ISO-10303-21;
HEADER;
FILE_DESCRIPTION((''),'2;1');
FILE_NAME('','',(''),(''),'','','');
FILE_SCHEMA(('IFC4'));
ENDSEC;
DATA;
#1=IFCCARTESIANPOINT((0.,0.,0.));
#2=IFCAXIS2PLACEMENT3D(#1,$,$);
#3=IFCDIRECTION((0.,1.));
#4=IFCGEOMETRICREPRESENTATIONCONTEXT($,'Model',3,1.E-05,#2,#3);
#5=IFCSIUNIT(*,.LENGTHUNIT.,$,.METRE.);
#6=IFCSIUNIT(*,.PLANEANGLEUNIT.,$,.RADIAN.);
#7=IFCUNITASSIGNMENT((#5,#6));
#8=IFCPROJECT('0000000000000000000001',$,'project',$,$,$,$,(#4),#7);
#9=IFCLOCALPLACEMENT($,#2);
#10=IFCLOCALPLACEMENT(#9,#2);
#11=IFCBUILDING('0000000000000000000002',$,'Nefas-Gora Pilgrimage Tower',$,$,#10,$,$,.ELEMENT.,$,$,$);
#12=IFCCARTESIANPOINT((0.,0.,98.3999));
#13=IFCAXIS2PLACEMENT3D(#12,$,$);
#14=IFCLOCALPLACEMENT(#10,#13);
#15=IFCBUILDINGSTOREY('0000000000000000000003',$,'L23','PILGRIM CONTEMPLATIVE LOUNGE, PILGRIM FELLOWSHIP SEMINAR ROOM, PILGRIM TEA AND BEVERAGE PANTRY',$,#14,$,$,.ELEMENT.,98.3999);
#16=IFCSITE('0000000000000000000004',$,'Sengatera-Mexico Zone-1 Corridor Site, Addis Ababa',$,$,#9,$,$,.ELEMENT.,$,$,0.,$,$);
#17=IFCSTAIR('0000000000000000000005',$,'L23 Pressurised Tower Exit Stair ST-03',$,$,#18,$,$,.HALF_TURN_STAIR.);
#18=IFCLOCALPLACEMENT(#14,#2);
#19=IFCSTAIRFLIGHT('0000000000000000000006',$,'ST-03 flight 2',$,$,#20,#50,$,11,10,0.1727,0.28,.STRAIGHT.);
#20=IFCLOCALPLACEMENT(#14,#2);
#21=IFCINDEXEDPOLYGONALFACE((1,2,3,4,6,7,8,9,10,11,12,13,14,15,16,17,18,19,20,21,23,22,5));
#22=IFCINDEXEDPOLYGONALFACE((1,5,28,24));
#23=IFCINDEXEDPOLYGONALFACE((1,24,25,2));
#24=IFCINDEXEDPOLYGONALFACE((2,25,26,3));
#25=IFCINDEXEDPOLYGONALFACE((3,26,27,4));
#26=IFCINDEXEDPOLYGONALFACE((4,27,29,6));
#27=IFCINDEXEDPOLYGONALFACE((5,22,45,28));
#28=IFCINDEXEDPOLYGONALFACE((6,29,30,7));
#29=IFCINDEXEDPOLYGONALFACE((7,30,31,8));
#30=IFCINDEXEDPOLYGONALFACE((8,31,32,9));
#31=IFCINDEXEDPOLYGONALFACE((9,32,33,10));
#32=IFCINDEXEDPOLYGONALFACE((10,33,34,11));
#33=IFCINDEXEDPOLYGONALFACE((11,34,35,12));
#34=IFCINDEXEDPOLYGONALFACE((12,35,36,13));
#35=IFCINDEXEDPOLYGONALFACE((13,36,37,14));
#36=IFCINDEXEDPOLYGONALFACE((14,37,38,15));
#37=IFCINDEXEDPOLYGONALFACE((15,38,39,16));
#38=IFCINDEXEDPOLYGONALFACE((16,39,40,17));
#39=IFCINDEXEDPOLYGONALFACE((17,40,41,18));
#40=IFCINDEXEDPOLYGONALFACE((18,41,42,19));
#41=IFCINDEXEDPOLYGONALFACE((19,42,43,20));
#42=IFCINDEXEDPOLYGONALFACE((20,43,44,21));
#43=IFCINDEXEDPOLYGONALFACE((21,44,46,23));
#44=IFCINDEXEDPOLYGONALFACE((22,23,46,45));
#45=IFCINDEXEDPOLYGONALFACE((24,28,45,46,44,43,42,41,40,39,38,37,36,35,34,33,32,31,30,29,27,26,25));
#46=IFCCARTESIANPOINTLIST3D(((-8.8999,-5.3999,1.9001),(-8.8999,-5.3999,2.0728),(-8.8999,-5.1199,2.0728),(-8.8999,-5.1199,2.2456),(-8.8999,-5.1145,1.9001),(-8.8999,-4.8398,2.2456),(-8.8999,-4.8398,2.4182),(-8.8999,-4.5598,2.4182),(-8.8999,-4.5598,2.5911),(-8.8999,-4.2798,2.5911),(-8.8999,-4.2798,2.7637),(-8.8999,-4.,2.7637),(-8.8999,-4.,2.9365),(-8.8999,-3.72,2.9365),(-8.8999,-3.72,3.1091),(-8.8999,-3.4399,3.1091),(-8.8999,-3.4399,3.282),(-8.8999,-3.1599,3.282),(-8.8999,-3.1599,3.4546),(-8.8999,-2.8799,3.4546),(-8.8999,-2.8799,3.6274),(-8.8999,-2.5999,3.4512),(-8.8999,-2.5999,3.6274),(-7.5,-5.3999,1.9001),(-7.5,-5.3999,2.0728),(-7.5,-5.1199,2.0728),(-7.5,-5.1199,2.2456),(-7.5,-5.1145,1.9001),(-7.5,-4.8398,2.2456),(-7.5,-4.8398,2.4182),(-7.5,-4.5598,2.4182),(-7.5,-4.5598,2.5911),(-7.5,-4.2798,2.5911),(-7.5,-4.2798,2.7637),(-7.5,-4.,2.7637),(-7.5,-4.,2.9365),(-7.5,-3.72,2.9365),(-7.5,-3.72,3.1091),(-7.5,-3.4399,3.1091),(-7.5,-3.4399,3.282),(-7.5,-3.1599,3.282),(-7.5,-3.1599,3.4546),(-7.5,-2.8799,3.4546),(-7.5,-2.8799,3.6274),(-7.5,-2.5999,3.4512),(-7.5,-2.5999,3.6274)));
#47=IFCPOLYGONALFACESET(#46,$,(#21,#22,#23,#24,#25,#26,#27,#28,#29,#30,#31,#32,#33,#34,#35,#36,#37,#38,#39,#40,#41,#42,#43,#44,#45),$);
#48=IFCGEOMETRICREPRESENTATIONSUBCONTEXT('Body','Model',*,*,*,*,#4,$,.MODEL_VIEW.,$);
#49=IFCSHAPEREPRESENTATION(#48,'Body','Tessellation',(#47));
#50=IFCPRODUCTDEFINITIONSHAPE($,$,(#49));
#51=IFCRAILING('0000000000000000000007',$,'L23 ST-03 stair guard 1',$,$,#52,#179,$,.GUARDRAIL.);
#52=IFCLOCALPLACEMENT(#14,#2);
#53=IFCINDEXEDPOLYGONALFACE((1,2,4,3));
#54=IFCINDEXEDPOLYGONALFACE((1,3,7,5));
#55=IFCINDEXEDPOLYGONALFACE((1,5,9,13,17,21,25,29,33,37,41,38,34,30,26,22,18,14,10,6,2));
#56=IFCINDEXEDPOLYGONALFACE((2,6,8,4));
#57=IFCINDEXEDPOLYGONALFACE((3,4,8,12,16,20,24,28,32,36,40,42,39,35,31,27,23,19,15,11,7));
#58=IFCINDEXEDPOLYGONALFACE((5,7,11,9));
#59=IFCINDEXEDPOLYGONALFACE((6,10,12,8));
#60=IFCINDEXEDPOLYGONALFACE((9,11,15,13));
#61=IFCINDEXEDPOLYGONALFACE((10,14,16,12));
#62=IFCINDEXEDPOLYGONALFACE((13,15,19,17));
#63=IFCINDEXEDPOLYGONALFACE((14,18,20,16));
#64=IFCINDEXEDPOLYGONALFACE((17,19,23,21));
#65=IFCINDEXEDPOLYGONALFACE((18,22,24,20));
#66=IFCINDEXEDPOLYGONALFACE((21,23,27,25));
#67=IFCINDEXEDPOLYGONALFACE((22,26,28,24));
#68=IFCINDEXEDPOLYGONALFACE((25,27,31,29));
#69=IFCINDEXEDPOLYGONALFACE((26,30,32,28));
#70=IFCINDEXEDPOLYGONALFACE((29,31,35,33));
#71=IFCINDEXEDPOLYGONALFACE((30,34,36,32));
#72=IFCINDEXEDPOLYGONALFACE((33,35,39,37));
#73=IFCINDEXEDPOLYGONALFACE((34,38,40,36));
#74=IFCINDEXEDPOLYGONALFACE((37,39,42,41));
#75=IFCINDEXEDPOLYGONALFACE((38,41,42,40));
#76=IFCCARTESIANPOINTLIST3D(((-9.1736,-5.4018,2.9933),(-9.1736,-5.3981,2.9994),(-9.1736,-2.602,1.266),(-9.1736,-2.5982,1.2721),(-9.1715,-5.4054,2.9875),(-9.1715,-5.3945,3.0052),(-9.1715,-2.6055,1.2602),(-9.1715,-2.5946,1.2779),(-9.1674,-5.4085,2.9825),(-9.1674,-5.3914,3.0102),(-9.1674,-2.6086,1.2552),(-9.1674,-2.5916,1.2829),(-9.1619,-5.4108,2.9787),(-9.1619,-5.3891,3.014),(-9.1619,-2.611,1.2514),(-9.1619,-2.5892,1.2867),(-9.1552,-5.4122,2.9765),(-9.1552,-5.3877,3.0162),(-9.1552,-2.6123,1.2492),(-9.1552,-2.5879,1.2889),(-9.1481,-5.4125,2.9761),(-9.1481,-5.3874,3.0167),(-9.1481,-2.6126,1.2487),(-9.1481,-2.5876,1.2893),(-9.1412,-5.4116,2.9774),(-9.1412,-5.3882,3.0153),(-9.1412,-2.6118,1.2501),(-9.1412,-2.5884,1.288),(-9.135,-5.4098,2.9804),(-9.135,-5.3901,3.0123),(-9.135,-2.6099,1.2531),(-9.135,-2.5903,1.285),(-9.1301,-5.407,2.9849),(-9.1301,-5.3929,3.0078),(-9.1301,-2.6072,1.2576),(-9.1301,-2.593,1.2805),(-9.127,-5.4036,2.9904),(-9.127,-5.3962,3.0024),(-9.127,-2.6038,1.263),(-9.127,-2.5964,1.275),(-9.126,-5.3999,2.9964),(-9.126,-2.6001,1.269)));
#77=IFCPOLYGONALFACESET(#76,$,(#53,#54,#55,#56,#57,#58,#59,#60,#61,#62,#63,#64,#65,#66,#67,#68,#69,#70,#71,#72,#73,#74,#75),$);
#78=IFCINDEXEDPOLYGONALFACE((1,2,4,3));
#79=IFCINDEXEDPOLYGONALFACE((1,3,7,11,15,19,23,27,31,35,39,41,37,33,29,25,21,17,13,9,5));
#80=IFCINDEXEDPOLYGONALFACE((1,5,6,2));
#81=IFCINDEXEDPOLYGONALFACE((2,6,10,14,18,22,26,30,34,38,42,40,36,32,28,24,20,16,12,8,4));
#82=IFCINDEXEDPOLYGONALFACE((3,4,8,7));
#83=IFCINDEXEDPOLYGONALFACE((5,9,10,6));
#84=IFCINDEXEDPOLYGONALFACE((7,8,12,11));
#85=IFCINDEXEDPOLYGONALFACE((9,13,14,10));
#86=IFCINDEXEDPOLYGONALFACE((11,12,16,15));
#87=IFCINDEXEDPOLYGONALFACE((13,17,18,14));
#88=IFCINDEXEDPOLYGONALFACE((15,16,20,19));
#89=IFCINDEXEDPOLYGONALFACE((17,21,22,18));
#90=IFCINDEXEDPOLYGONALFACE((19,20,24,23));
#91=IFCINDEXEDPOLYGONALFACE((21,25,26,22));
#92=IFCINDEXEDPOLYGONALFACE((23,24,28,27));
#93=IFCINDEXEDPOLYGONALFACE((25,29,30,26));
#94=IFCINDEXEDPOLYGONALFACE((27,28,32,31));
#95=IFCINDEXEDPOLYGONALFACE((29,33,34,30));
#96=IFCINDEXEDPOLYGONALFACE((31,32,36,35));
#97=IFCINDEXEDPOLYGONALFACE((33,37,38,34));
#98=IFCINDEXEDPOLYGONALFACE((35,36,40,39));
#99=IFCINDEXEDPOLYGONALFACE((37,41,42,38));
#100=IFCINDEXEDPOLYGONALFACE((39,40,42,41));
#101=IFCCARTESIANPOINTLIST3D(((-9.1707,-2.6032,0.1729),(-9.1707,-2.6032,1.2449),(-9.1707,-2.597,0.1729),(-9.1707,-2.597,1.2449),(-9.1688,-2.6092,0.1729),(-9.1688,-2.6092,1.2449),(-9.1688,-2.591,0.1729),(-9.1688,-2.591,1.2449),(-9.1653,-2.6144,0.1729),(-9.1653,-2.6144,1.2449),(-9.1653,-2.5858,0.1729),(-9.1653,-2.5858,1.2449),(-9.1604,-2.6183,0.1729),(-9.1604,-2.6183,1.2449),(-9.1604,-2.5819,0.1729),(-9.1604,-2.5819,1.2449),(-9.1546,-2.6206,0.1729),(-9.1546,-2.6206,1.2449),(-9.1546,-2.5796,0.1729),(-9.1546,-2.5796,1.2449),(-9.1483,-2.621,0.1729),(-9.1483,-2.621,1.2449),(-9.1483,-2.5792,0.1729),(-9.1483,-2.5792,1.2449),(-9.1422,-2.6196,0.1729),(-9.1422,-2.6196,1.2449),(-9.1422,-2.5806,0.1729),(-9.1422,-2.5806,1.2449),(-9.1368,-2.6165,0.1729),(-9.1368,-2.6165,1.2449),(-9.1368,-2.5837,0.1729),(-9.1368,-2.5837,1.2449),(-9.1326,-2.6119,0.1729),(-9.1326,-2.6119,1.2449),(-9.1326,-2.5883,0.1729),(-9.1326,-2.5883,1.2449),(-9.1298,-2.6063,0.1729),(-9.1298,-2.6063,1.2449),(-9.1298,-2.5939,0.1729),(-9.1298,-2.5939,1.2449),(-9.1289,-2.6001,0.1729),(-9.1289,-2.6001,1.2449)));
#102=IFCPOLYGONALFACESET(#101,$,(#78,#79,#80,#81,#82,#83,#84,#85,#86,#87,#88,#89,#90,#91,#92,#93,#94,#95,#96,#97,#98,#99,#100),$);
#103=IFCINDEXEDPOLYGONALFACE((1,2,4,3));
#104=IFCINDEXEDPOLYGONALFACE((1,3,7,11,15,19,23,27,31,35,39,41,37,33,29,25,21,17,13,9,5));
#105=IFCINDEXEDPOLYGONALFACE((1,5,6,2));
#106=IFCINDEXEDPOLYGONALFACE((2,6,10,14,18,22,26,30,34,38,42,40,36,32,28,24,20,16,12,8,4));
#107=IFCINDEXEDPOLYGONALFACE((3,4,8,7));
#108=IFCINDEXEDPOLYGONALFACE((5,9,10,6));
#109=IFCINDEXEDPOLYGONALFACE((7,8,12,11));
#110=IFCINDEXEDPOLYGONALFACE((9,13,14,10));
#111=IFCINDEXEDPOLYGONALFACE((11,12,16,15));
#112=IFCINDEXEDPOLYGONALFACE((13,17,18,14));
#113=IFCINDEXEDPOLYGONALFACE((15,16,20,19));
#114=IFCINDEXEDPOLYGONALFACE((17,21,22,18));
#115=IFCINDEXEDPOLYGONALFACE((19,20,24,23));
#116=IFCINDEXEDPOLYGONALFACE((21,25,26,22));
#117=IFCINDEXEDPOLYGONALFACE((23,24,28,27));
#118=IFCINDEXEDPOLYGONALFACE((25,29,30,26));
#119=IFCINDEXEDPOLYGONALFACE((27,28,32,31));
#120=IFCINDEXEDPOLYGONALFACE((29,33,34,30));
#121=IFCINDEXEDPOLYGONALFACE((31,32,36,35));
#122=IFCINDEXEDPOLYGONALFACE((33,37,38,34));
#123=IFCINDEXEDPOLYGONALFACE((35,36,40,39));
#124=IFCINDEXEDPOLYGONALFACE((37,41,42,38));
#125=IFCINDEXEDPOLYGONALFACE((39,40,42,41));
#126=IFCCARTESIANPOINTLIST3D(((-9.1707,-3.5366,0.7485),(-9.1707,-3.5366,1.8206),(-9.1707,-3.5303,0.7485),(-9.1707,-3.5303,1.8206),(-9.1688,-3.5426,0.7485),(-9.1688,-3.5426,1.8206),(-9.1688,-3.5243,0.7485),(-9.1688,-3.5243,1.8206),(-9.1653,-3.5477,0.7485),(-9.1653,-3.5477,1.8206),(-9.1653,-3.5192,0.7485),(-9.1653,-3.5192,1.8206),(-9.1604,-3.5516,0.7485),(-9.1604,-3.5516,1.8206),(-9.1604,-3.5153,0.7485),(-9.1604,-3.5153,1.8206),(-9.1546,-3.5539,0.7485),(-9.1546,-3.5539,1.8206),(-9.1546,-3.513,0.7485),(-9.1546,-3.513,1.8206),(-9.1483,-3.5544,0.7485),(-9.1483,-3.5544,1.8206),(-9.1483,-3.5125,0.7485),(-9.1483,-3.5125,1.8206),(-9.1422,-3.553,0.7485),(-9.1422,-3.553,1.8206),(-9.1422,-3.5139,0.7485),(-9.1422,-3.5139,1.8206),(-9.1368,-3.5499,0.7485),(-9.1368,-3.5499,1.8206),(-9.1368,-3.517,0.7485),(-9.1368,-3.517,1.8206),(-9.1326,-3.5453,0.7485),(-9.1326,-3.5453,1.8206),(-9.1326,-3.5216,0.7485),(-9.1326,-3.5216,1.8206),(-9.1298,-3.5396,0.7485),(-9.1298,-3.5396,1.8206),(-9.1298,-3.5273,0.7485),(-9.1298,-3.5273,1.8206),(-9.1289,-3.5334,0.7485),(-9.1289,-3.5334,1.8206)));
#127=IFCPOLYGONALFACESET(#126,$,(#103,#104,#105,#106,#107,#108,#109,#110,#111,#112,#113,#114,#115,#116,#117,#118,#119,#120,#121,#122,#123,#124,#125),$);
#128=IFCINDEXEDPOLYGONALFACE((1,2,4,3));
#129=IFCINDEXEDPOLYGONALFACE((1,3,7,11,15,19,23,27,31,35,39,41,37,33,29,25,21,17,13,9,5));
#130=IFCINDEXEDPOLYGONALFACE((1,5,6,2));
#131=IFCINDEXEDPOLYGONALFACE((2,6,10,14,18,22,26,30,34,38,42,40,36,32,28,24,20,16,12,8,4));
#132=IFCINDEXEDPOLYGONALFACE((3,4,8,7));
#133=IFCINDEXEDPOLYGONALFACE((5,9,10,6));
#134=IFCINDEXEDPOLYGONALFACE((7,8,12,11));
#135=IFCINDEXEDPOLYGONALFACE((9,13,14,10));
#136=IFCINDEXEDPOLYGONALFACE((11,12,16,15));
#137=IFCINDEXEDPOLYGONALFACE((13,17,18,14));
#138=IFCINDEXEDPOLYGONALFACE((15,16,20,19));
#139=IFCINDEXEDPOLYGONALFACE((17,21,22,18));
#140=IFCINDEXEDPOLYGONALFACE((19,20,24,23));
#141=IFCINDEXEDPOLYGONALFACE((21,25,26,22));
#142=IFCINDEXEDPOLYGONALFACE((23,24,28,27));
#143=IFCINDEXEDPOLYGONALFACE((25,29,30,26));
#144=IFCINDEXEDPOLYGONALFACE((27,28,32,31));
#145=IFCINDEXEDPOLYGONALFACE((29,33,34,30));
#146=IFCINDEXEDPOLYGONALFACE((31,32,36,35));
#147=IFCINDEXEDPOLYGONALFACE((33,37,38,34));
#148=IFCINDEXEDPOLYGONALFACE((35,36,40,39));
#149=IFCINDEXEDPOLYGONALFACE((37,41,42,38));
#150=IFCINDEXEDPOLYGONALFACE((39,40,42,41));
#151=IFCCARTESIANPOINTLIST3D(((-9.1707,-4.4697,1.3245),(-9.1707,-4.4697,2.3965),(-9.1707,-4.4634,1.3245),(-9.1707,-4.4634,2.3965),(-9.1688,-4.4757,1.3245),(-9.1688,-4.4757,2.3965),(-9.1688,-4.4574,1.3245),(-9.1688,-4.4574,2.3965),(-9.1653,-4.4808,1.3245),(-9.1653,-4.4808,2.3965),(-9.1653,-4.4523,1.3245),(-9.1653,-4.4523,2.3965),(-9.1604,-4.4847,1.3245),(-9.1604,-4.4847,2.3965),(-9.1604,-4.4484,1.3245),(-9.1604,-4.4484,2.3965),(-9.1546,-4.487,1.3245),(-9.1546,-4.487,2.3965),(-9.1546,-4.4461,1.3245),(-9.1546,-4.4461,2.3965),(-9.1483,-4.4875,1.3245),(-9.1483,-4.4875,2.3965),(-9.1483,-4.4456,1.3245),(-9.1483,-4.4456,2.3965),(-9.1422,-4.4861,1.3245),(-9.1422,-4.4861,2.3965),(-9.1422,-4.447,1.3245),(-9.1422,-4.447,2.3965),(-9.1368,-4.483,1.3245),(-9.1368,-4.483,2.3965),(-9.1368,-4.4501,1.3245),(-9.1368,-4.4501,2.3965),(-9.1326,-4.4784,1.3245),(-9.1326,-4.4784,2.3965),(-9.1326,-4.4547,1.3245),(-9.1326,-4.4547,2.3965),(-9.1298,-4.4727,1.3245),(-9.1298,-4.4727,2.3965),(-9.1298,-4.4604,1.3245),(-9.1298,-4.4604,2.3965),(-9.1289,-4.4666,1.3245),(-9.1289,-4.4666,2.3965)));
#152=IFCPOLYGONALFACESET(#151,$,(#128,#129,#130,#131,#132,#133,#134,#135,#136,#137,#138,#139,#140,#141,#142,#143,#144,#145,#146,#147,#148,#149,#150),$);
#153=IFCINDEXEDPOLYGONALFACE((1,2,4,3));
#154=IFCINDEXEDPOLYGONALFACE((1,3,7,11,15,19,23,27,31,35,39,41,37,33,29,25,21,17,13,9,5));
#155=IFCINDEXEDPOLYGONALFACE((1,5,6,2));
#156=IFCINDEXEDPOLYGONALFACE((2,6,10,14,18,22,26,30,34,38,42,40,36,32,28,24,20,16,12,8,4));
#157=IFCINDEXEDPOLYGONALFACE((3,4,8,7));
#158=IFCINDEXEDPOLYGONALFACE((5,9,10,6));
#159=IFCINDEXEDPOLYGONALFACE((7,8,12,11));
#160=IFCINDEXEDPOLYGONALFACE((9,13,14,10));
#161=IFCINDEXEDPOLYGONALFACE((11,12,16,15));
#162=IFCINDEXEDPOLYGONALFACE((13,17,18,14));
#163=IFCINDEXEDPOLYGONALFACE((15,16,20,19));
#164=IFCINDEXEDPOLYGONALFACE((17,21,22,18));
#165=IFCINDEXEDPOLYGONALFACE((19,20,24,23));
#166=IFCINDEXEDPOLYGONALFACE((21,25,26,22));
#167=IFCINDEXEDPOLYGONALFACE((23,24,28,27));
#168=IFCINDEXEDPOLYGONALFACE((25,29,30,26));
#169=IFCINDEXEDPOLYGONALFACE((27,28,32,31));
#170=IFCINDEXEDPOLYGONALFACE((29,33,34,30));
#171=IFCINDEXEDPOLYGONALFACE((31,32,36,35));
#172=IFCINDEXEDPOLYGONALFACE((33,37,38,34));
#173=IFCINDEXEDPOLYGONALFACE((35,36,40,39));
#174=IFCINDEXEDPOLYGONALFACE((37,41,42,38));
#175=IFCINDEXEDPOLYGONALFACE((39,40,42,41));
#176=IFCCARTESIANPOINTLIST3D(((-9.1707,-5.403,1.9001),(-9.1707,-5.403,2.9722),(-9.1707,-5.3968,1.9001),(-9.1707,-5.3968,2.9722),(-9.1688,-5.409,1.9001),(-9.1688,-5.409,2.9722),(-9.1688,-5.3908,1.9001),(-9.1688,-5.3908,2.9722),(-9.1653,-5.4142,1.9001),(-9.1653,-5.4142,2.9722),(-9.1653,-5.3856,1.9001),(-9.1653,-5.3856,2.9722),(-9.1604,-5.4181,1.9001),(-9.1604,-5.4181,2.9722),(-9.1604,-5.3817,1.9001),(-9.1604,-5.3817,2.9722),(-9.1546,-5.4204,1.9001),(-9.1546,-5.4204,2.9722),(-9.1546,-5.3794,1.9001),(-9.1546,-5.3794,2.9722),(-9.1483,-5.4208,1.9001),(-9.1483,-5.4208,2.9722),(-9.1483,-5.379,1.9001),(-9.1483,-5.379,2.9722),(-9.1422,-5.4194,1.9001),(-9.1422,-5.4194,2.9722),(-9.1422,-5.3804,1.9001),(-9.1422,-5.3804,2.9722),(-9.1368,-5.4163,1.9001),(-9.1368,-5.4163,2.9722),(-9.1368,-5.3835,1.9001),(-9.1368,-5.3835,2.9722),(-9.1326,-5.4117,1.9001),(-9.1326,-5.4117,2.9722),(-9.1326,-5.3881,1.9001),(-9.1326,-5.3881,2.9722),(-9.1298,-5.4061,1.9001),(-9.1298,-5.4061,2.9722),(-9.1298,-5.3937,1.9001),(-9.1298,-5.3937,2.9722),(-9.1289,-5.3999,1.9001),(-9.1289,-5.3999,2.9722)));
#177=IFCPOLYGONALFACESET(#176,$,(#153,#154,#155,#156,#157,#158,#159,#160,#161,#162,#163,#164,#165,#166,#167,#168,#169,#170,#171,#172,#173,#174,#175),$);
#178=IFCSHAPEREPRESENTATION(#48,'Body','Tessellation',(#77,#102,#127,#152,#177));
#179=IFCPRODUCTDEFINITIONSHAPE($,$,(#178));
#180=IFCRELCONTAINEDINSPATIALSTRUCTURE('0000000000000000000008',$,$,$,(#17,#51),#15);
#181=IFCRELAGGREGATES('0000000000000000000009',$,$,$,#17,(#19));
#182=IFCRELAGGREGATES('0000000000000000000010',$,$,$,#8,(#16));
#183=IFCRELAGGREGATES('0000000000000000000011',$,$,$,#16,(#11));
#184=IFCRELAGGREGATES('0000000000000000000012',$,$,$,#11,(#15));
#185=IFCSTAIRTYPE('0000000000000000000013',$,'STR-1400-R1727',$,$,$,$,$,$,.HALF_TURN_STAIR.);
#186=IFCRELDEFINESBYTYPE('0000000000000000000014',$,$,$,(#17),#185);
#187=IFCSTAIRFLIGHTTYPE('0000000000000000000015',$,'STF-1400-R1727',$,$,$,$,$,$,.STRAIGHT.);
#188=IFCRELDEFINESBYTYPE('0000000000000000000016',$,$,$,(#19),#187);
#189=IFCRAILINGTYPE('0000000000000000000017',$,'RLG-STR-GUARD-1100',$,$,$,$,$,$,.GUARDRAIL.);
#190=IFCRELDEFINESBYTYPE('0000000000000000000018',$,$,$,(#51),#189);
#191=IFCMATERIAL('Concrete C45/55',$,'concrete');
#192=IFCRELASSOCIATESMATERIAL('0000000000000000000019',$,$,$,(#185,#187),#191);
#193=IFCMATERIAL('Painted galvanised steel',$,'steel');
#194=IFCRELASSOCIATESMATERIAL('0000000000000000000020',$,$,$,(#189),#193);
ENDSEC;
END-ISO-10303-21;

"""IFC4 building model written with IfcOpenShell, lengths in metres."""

from ifc_helpers import new_model, si_unit, direction, frame, origin, origin_2d, place, context, subcontext, project, spatial, polyline, circle, outline, extrude, source, transform, mapped, material, type_object, element, aggregate, save


model = new_model("IFC4")

# Units and contexts
model_context = context("Model", 3, precision=1e-05, world=origin(), true_north=direction((0.0, 1.0)))
body_context = subcontext(model_context, "Body", "Model", "MODEL_VIEW")
ifc_project = project(units=[si_unit("LENGTHUNIT", "METRE"), si_unit("PLANEANGLEUNIT", "RADIAN")], contexts=[model_context])

# Site, building, storey
site_placement = place(None, origin())
site = spatial("IfcSite", under=ifc_project, at=site_placement, Name="Sengatera-Mexico Zone-1 Corridor Site, Addis Ababa", CompositionType="ELEMENT", RefElevation=0.0)
building_placement = place(site_placement, origin())
building = spatial("IfcBuilding", under=site, at=building_placement, Name="Nefas-Gora Pilgrimage Tower", CompositionType="ELEMENT")
storey_placement = place(building_placement, frame((0.0, 0.0, 98.3999)))
storey = spatial("IfcBuildingStorey", under=building, at=storey_placement, Name="L23", Description="PILGRIM CONTEMPLATIVE LOUNGE, PILGRIM FELLOWSHIP SEMINAR ROOM, PILGRIM TEA AND BEVERAGE PANTRY", CompositionType="ELEMENT", Elevation=98.3999)

# Shared definitions
ifc_material_1 = material(Name="Concrete C45/55", Category="concrete")

# Stair, stair flight
stair_type = type_object("IfcStairType", Name="STR-1400-R1727", PredefinedType="HALF_TURN_STAIR", material=ifc_material_1)
stair_placement = place(storey_placement, origin())
stair = element("IfcStair", 1, at=stair_placement, inside=storey, type_object=stair_type, Name="L23 Pressurised Tower Exit Stair ST-03", PredefinedType="HALF_TURN_STAIR")
stair_flight_type = type_object("IfcStairFlightType", Name="STF-1400-R1727", PredefinedType="STRAIGHT", material=ifc_material_1)
shared_shape_1 = source(origin(), body_context, "Body", "SweptSolid", [
    extrude(outline(polyline([(0.0, 0.0), (0.0, 0.1726), (0.28, 0.1726), (0.28, 0.3455), (0.5601, 0.3455), (0.5601, 0.5181), (0.8401, 0.5181), (0.8401, 0.6909), (1.1201, 0.6909), (1.1201, 0.8635), (1.3999, 0.8635), (1.3999, 1.0364), (1.6799, 1.0364), (1.6799, 1.209), (1.96, 1.209), (1.96, 1.3818), (2.24, 1.3818), (2.24, 1.5544), (2.52, 1.5544), (2.52, 1.7273), (2.8, 1.7273), (2.8, 1.8999), (2.8, 1.551), (0.2854, 0.0), (0.0, 0.0)])), frame((0.0, 0.7, 0.0), z_axis=(0.0, -1.0, 0.0), x_axis=(1.0, 0.0, 0.0)), (0.0, 0.0, 1.0), 1.3999),
])
stair_flight_1_placement = place(storey_placement, frame((-8.2, -5.3999, 1.9001), z_axis=(0.0, 0.0, 1.0), x_axis=(0.0, 1.0, 0.0)))
stair_flight_1 = element("IfcStairFlight", 2, at=stair_flight_1_placement, type_object=stair_flight_type, Name="ST-03 flight 2", NumberOfRisers=11, NumberOfTreads=10, PredefinedType="STRAIGHT", RiserHeight=0.1727, TreadLength=0.28, context=body_context, shape_type="MappedRepresentation", body=[
    mapped(shared_shape_1, transform((0.0, 0.0, 0.0), x_axis=(1.0, 0.0, 0.0), y_axis=(0.0, 1.0, 0.0), z_axis=(0.0, 0.0, 1.0), scale=1.0)),
])
aggregate(stair, [stair_flight_1])

# Railing
ifc_material_2 = material(Name="Painted galvanised steel", Category="steel")
railing_type_1 = type_object("IfcRailingType", Name="RLG-STR-GUARD-1100", PredefinedType="GUARDRAIL", material=ifc_material_2)
railing_1_placement = place(storey_placement, frame((-9.1499, -2.6001, 0.1729)))
element("IfcRailing", 3, at=railing_1_placement, inside=storey, type_object=railing_type_1, Name="L23 ST-03 stair guard 1", PredefinedType="GUARDRAIL", context=body_context, shape_type="SweptSolid", body=[
    extrude(circle(Radius=0.0239, at=origin_2d()), frame((0.0, 0.0, 1.0962), z_axis=(0.0, -0.851069, 0.525054), x_axis=(1.0, 0.0, 0.0)), (0.0, 0.0, 1.0), 3.2898),
    extrude(circle(Radius=0.021, at=origin_2d()), origin(), (0.0, 0.0, 1.0), 1.072),
    extrude(circle(Radius=0.021, at=origin_2d()), frame((0.0, -0.9333, 0.5757)), (0.0, 0.0, 1.0), 1.072),
    extrude(circle(Radius=0.021, at=origin_2d()), frame((0.0, -1.8665, 1.1516)), (0.0, 0.0, 1.0), 1.072),
    extrude(circle(Radius=0.021, at=origin_2d()), frame((0.0, -2.7998, 1.7273)), (0.0, 0.0, 1.0), 1.072),
])

save(model, "model.ifc")
